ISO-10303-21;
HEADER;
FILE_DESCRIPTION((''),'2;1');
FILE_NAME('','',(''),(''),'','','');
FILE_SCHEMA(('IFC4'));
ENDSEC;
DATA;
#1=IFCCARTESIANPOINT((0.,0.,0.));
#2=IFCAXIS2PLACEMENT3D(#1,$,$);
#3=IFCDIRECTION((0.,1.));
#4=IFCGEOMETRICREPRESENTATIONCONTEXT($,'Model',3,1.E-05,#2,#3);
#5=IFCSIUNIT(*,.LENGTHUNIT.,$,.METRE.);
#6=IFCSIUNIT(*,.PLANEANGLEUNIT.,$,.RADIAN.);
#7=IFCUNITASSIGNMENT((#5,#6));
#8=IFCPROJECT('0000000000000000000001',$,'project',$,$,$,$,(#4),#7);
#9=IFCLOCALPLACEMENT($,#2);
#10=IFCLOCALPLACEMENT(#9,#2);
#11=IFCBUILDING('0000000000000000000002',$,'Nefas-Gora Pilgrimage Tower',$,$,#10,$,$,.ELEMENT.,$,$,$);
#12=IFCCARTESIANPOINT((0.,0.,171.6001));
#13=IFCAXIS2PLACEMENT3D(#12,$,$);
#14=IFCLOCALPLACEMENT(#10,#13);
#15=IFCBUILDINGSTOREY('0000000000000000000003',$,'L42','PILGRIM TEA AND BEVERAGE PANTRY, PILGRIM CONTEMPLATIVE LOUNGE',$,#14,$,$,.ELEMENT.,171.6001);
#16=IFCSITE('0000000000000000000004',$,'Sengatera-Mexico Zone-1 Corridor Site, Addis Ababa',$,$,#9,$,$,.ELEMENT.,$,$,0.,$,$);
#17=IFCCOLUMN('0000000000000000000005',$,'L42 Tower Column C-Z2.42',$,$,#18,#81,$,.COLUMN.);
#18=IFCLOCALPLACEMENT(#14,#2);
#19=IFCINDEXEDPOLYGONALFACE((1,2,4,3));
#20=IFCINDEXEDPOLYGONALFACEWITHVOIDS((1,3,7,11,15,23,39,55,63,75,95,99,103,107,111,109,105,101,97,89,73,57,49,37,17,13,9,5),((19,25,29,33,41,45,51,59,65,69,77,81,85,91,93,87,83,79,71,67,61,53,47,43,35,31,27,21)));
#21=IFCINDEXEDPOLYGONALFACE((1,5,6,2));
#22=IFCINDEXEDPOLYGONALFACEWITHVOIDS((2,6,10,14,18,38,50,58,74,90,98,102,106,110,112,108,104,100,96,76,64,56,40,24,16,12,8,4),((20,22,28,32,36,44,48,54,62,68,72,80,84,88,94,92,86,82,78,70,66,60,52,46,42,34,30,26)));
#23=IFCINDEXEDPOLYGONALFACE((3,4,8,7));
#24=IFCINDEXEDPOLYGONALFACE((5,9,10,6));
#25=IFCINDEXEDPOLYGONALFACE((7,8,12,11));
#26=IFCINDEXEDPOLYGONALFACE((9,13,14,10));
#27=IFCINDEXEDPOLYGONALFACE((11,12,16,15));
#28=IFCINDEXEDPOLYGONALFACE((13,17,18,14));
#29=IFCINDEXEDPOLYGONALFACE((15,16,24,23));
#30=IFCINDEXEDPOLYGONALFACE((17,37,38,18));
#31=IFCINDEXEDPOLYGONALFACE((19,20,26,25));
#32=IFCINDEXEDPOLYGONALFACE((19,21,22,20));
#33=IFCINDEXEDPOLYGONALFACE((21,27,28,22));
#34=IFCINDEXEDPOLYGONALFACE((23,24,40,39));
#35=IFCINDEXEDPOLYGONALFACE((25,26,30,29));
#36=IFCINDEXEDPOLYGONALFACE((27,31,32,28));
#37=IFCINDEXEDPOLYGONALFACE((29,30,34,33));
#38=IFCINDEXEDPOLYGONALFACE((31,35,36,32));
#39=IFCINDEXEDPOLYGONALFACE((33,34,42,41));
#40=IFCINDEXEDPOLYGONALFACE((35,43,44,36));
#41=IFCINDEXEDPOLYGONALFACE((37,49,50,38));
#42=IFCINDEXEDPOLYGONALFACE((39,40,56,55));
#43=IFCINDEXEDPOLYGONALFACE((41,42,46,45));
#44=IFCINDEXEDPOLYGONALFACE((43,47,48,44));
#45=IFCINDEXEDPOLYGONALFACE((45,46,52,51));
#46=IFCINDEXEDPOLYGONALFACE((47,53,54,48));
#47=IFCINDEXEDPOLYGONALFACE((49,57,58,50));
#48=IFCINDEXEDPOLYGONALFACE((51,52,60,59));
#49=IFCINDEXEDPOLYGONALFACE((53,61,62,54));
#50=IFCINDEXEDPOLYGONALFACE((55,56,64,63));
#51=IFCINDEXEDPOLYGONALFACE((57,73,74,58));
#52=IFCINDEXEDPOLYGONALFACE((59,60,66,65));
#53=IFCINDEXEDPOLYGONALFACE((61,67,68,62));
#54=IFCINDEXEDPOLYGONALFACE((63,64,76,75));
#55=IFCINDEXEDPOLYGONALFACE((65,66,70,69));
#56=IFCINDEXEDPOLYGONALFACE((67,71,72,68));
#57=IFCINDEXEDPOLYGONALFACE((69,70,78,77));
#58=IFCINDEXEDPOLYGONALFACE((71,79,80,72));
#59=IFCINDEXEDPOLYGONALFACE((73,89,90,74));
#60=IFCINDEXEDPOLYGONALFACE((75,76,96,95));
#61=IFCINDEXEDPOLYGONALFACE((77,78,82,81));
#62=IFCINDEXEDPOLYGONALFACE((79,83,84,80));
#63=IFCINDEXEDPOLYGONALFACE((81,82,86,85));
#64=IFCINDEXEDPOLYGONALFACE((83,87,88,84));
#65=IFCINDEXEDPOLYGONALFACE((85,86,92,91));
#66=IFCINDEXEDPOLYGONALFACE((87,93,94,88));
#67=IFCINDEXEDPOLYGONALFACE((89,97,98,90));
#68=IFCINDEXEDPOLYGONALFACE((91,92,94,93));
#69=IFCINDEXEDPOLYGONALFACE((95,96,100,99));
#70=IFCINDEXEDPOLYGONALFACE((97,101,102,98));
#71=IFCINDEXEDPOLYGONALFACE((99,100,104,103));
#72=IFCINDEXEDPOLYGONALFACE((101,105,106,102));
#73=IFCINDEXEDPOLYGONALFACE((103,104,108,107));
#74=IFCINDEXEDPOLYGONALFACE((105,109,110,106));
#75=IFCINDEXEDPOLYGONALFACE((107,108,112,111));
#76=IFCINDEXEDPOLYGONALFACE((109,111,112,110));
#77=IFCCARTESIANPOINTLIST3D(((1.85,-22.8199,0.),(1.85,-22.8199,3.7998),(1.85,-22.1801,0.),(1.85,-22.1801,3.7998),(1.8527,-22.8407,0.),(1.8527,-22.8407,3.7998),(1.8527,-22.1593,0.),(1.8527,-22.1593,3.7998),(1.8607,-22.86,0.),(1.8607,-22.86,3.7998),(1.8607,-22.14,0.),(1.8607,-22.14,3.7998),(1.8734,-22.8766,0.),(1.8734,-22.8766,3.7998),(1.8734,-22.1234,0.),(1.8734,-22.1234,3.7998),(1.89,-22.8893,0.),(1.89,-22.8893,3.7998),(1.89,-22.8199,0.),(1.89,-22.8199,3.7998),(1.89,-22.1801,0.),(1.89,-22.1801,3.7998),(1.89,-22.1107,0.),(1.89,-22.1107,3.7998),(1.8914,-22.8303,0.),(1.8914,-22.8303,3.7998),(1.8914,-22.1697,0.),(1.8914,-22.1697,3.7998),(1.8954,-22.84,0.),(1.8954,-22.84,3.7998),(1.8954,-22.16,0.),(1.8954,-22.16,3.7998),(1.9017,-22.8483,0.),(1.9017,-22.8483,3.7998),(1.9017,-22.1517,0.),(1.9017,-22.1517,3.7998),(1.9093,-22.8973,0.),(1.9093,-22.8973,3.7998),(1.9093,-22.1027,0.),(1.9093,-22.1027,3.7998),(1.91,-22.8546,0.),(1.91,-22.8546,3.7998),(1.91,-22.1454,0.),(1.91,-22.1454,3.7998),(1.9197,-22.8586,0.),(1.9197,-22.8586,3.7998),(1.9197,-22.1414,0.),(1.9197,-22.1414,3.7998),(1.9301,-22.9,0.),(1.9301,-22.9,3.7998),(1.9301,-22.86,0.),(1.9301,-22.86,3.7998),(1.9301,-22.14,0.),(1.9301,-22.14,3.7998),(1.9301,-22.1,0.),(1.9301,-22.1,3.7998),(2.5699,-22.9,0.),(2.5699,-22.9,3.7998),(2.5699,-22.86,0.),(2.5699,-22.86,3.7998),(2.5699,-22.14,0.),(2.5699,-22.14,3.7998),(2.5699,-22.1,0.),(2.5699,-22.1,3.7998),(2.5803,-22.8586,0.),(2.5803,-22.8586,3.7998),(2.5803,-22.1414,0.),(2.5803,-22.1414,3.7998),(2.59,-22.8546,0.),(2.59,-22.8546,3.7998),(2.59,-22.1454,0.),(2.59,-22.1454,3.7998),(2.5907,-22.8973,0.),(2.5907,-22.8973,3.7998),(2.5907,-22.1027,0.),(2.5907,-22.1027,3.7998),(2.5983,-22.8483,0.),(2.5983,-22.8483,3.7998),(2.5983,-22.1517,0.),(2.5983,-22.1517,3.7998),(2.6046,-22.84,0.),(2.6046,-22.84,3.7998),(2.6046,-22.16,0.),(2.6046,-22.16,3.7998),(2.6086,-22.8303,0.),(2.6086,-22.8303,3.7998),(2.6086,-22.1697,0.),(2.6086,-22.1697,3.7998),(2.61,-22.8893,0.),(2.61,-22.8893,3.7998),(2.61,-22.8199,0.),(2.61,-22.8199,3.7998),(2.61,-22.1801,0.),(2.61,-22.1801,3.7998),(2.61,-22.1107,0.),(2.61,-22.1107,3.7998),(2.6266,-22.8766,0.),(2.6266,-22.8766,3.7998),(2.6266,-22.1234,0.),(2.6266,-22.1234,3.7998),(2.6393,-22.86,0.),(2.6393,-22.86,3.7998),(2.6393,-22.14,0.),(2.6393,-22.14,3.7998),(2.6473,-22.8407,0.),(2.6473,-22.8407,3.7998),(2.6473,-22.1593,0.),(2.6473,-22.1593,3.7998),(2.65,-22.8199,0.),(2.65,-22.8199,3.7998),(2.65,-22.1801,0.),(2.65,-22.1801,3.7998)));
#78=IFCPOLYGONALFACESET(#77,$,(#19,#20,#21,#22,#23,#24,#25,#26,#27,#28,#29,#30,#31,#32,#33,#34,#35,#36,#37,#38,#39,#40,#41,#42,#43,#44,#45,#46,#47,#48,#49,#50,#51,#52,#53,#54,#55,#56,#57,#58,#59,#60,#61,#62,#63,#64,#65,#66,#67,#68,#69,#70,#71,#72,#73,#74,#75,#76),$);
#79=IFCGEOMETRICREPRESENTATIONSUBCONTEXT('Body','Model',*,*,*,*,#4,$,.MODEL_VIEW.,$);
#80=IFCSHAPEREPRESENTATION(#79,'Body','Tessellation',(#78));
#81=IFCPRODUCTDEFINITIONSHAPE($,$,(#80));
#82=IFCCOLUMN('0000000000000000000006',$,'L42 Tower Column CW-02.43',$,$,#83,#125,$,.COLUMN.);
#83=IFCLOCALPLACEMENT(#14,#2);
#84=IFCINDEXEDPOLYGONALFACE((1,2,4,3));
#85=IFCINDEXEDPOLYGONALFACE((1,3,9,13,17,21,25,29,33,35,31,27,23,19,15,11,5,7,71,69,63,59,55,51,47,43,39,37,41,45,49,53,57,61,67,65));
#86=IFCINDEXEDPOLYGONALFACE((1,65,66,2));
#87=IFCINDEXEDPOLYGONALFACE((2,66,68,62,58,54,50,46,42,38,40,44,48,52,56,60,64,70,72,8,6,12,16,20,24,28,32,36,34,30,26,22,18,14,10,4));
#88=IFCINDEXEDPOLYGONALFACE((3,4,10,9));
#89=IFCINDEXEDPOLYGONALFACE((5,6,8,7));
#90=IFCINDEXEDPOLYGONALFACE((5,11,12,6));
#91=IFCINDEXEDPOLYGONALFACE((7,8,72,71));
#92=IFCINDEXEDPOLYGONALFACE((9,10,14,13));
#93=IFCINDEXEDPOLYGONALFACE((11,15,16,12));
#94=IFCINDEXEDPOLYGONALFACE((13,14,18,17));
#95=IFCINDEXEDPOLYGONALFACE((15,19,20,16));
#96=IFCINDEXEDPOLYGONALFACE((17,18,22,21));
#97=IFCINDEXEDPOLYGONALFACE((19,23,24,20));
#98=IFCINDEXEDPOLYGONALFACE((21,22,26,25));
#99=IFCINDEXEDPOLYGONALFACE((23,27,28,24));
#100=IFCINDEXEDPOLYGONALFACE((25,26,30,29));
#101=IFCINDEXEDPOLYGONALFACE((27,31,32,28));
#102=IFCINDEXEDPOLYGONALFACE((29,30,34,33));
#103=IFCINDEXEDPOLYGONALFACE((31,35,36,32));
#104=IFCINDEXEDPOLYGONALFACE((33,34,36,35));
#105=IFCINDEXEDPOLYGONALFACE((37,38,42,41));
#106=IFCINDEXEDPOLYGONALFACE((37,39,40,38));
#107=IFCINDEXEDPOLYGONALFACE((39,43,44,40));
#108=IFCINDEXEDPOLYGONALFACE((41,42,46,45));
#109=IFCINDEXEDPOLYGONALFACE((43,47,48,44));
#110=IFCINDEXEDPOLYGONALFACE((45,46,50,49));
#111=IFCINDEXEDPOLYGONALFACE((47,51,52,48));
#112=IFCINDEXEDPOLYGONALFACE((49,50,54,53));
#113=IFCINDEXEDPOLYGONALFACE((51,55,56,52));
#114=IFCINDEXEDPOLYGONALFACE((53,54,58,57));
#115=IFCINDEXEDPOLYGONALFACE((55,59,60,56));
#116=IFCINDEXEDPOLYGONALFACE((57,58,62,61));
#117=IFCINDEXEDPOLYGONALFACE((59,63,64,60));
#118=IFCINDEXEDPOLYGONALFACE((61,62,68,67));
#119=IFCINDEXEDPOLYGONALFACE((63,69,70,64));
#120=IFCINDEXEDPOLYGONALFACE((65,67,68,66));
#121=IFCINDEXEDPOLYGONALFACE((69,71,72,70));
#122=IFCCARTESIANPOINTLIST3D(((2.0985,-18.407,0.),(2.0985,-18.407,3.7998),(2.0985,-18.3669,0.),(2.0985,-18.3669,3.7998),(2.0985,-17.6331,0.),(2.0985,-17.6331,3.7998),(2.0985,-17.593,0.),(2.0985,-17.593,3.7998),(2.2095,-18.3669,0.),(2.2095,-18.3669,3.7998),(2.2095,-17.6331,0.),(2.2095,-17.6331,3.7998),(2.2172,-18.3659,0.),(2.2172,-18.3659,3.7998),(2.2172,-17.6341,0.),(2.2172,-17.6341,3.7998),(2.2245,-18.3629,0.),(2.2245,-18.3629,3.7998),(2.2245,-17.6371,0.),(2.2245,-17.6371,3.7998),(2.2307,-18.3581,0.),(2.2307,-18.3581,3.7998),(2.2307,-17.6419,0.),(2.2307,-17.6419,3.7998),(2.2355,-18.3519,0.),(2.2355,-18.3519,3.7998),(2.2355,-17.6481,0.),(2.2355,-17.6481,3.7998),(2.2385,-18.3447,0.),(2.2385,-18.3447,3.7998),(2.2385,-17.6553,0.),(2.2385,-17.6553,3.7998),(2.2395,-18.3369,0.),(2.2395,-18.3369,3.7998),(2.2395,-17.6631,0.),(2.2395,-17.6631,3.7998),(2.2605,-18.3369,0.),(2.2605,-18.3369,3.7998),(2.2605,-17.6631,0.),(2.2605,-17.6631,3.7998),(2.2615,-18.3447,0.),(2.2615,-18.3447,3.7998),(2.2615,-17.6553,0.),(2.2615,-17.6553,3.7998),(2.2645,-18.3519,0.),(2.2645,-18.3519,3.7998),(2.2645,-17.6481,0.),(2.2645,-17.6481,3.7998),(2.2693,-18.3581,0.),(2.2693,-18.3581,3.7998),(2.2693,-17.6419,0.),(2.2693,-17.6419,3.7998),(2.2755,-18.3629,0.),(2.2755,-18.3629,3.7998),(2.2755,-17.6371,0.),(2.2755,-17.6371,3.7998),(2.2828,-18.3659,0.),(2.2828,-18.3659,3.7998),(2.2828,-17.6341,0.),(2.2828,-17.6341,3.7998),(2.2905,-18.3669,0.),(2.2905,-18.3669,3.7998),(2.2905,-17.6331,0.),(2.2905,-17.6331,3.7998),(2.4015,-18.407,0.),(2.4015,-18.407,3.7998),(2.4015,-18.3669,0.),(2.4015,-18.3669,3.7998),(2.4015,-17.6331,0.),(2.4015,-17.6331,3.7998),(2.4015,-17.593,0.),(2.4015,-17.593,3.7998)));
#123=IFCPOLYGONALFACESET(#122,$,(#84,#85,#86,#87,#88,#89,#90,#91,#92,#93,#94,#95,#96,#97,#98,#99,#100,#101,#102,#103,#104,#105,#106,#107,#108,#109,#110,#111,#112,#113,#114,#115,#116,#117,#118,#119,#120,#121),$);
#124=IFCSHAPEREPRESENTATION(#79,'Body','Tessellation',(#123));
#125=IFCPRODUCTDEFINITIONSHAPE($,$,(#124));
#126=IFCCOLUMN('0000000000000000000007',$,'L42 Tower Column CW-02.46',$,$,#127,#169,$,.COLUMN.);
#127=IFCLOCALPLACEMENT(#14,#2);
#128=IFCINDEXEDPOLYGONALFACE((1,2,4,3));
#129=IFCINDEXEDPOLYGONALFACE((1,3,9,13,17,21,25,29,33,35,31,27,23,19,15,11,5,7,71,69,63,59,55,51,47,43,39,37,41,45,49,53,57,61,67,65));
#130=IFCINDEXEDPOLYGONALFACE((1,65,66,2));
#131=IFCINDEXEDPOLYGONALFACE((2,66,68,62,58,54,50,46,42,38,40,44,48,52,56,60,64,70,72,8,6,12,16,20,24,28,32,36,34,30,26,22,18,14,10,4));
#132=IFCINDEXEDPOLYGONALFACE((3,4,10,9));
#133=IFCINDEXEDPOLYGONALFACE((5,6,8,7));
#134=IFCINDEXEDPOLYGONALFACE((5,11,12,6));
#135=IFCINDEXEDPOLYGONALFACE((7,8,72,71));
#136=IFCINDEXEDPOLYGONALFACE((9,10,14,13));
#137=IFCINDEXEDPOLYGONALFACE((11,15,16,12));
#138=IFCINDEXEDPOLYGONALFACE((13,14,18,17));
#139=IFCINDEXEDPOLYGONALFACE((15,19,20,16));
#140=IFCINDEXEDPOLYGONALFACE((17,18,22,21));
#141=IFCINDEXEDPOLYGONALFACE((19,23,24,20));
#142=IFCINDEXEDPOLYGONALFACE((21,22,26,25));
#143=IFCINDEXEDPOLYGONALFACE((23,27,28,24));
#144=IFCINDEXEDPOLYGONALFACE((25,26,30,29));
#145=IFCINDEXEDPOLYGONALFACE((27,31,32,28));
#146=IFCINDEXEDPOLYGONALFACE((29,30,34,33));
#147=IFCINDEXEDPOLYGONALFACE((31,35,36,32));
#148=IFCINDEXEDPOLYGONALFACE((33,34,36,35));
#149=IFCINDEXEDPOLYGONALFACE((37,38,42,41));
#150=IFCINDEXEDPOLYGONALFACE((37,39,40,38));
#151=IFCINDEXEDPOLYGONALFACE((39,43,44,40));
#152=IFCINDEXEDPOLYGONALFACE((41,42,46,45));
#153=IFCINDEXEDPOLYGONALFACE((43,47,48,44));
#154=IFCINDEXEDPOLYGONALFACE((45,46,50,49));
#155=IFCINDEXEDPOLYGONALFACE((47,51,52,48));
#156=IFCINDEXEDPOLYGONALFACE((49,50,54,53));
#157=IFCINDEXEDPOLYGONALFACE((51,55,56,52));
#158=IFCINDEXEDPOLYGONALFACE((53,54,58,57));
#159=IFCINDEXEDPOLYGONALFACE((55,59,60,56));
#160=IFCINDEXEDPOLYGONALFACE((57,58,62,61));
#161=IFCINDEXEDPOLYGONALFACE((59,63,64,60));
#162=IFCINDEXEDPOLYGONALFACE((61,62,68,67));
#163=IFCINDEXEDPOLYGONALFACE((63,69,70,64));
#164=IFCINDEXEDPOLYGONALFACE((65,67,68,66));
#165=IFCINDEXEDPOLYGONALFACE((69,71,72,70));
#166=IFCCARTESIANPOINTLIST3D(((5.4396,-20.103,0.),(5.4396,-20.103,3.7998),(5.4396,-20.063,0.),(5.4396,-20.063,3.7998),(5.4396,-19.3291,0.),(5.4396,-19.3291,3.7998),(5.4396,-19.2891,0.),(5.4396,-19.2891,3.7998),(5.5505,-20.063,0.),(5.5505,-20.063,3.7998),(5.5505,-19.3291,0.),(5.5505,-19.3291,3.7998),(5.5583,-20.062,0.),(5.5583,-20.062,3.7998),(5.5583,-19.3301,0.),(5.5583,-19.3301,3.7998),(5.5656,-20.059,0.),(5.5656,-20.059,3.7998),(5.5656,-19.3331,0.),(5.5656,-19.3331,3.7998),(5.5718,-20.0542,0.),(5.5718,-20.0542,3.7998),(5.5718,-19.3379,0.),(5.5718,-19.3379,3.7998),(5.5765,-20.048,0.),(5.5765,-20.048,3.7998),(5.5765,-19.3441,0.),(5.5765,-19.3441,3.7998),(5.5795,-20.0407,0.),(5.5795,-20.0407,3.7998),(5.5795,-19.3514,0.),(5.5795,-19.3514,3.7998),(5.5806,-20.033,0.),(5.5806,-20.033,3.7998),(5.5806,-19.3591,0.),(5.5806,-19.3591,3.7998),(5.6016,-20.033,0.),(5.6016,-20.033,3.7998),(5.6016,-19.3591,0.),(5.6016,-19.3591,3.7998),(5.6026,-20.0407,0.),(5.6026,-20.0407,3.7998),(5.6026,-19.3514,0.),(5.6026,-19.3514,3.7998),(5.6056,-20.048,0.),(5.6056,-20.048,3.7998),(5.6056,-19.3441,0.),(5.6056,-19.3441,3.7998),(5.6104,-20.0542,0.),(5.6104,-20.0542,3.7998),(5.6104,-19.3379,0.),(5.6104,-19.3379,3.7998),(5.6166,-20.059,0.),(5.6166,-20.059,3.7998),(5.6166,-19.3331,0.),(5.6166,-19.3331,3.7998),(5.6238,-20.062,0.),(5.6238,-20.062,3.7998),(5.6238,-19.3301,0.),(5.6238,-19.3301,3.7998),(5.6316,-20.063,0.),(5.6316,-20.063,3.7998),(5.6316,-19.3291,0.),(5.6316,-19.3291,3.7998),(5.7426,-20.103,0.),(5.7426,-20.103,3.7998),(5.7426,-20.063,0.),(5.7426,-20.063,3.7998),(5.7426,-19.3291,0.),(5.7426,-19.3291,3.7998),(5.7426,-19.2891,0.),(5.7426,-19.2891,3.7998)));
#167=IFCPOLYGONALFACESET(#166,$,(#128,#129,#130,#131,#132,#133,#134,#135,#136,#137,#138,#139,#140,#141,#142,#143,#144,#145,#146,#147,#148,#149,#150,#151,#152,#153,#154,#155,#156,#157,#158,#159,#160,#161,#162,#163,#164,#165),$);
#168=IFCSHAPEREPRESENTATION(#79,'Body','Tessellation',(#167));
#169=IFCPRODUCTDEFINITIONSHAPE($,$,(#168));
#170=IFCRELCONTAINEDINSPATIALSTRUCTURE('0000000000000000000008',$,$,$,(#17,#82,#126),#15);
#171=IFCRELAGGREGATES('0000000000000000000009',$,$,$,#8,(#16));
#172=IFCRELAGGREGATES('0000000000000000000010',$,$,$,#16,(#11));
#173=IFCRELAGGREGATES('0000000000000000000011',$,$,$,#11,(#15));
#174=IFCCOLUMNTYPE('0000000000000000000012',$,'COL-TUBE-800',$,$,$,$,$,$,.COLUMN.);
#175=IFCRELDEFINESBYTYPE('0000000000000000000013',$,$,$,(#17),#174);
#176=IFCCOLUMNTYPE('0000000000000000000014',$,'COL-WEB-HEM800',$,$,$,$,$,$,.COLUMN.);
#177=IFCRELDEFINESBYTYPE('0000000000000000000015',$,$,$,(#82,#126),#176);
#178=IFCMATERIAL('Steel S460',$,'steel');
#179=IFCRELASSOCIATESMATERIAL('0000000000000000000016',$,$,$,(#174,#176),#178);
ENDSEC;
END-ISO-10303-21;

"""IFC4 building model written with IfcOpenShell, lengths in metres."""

from ifc_helpers import new_model, si_unit, direction, frame, origin, origin_2d, place, context, subcontext, project, spatial, hollow_rectangle, i_section, extrude, source, transform, mapped, material, material_profile, profile_set, type_object, element, save


model = new_model("IFC4")

# Units and contexts
model_context = context("Model", 3, precision=1e-05, world=origin(), true_north=direction((0.0, 1.0)))
body_context = subcontext(model_context, "Body", "Model", "MODEL_VIEW")
ifc_project = project(units=[si_unit("LENGTHUNIT", "METRE"), si_unit("PLANEANGLEUNIT", "RADIAN")], contexts=[model_context])

# Site, building, storey
site_placement = place(None, origin())
site = spatial("IfcSite", under=ifc_project, at=site_placement, Name="Sengatera-Mexico Zone-1 Corridor Site, Addis Ababa", CompositionType="ELEMENT", RefElevation=0.0)
building_placement = place(site_placement, origin())
building = spatial("IfcBuilding", under=site, at=building_placement, Name="Nefas-Gora Pilgrimage Tower", CompositionType="ELEMENT")
storey_placement = place(building_placement, frame((0.0, 0.0, 171.6001)))
storey = spatial("IfcBuildingStorey", under=building, at=storey_placement, Name="L42", Description="PILGRIM TEA AND BEVERAGE PANTRY, PILGRIM CONTEMPLATIVE LOUNGE", CompositionType="ELEMENT", Elevation=171.6001)

# Columns
ifc_material_1 = material(Name="Steel S460", Category="steel")
ifc_material_profile_1 = material_profile(ifc_material_1, hollow_rectangle(XDim=0.8, YDim=0.8, WallThickness=0.04, InnerFilletRadius=0.04, OuterFilletRadius=0.0801, at=origin_2d()), Name="BOX 800x800x40")
ifc_profile_set_1 = profile_set([ifc_material_profile_1], Name="Steel S460")
column_type_1 = type_object("IfcColumnType", Name="COL-TUBE-800", PredefinedType="COLUMN", material=ifc_profile_set_1)
shared_shape_1 = source(origin(), body_context, "Body", "SweptSolid", [
    extrude(hollow_rectangle(XDim=0.8, YDim=0.8, WallThickness=0.04, InnerFilletRadius=0.04, OuterFilletRadius=0.0801, at=origin_2d()), origin(), (0.0, 0.0, 1.0), 3.7998),
])
column_placement = place(storey_placement, frame((2.25, -22.5, 0.0), z_axis=(0.0, 0.0, 1.0), x_axis=(1.0, 0.0, 0.0)))
element("IfcColumn", 1, at=column_placement, inside=storey, type_object=column_type_1, Name="L42 Tower Column C-Z2.42", PredefinedType="COLUMN", context=body_context, shape_type="MappedRepresentation", body=[
    mapped(shared_shape_1, transform((0.0, 0.0, 0.0), x_axis=(1.0, 0.0, 0.0), y_axis=(0.0, 1.0, 0.0), z_axis=(0.0, 0.0, 1.0), scale=1.0)),
])
ifc_material_profile_2 = material_profile(ifc_material_1, i_section(OverallWidth=0.303, OverallDepth=0.814, WebThickness=0.021, FlangeThickness=0.04, FilletRadius=0.03, at=origin_2d()), Name="HEM 800")
ifc_profile_set_2 = profile_set([ifc_material_profile_2], Name="Steel S460")
column_type_2 = type_object("IfcColumnType", Name="COL-WEB-HEM800", PredefinedType="COLUMN", material=ifc_profile_set_2)
shared_shape_2 = source(origin(), body_context, "Body", "SweptSolid", [
    extrude(i_section(OverallWidth=0.303, OverallDepth=0.814, WebThickness=0.021, FlangeThickness=0.04, FilletRadius=0.03, at=origin_2d()), origin(), (0.0, 0.0, 1.0), 3.7998),
])
for number, where, z_axis, x_axis, name in (
    (2, (2.25, -18.0, 0.0), (0.0, 0.0, 1.0), (1.0, 0.0, 0.0), "L42 Tower Column CW-02.43"),
    (3, (5.5911, -19.696, 0.0), (0.0, 0.0, 1.0), (1.0, 0.0, 0.0), "L42 Tower Column CW-02.46"),
):
    element("IfcColumn", number, at=place(storey_placement, frame(where, z_axis=z_axis, x_axis=x_axis)), inside=storey, type_object=column_type_2, Name=name, PredefinedType="COLUMN", context=body_context, shape_type="MappedRepresentation", body=[
        mapped(shared_shape_2, transform((0.0, 0.0, 0.0), x_axis=(1.0, 0.0, 0.0), y_axis=(0.0, 1.0, 0.0), z_axis=(0.0, 0.0, 1.0), scale=1.0)),
    ])

save(model, "model.ifc")
